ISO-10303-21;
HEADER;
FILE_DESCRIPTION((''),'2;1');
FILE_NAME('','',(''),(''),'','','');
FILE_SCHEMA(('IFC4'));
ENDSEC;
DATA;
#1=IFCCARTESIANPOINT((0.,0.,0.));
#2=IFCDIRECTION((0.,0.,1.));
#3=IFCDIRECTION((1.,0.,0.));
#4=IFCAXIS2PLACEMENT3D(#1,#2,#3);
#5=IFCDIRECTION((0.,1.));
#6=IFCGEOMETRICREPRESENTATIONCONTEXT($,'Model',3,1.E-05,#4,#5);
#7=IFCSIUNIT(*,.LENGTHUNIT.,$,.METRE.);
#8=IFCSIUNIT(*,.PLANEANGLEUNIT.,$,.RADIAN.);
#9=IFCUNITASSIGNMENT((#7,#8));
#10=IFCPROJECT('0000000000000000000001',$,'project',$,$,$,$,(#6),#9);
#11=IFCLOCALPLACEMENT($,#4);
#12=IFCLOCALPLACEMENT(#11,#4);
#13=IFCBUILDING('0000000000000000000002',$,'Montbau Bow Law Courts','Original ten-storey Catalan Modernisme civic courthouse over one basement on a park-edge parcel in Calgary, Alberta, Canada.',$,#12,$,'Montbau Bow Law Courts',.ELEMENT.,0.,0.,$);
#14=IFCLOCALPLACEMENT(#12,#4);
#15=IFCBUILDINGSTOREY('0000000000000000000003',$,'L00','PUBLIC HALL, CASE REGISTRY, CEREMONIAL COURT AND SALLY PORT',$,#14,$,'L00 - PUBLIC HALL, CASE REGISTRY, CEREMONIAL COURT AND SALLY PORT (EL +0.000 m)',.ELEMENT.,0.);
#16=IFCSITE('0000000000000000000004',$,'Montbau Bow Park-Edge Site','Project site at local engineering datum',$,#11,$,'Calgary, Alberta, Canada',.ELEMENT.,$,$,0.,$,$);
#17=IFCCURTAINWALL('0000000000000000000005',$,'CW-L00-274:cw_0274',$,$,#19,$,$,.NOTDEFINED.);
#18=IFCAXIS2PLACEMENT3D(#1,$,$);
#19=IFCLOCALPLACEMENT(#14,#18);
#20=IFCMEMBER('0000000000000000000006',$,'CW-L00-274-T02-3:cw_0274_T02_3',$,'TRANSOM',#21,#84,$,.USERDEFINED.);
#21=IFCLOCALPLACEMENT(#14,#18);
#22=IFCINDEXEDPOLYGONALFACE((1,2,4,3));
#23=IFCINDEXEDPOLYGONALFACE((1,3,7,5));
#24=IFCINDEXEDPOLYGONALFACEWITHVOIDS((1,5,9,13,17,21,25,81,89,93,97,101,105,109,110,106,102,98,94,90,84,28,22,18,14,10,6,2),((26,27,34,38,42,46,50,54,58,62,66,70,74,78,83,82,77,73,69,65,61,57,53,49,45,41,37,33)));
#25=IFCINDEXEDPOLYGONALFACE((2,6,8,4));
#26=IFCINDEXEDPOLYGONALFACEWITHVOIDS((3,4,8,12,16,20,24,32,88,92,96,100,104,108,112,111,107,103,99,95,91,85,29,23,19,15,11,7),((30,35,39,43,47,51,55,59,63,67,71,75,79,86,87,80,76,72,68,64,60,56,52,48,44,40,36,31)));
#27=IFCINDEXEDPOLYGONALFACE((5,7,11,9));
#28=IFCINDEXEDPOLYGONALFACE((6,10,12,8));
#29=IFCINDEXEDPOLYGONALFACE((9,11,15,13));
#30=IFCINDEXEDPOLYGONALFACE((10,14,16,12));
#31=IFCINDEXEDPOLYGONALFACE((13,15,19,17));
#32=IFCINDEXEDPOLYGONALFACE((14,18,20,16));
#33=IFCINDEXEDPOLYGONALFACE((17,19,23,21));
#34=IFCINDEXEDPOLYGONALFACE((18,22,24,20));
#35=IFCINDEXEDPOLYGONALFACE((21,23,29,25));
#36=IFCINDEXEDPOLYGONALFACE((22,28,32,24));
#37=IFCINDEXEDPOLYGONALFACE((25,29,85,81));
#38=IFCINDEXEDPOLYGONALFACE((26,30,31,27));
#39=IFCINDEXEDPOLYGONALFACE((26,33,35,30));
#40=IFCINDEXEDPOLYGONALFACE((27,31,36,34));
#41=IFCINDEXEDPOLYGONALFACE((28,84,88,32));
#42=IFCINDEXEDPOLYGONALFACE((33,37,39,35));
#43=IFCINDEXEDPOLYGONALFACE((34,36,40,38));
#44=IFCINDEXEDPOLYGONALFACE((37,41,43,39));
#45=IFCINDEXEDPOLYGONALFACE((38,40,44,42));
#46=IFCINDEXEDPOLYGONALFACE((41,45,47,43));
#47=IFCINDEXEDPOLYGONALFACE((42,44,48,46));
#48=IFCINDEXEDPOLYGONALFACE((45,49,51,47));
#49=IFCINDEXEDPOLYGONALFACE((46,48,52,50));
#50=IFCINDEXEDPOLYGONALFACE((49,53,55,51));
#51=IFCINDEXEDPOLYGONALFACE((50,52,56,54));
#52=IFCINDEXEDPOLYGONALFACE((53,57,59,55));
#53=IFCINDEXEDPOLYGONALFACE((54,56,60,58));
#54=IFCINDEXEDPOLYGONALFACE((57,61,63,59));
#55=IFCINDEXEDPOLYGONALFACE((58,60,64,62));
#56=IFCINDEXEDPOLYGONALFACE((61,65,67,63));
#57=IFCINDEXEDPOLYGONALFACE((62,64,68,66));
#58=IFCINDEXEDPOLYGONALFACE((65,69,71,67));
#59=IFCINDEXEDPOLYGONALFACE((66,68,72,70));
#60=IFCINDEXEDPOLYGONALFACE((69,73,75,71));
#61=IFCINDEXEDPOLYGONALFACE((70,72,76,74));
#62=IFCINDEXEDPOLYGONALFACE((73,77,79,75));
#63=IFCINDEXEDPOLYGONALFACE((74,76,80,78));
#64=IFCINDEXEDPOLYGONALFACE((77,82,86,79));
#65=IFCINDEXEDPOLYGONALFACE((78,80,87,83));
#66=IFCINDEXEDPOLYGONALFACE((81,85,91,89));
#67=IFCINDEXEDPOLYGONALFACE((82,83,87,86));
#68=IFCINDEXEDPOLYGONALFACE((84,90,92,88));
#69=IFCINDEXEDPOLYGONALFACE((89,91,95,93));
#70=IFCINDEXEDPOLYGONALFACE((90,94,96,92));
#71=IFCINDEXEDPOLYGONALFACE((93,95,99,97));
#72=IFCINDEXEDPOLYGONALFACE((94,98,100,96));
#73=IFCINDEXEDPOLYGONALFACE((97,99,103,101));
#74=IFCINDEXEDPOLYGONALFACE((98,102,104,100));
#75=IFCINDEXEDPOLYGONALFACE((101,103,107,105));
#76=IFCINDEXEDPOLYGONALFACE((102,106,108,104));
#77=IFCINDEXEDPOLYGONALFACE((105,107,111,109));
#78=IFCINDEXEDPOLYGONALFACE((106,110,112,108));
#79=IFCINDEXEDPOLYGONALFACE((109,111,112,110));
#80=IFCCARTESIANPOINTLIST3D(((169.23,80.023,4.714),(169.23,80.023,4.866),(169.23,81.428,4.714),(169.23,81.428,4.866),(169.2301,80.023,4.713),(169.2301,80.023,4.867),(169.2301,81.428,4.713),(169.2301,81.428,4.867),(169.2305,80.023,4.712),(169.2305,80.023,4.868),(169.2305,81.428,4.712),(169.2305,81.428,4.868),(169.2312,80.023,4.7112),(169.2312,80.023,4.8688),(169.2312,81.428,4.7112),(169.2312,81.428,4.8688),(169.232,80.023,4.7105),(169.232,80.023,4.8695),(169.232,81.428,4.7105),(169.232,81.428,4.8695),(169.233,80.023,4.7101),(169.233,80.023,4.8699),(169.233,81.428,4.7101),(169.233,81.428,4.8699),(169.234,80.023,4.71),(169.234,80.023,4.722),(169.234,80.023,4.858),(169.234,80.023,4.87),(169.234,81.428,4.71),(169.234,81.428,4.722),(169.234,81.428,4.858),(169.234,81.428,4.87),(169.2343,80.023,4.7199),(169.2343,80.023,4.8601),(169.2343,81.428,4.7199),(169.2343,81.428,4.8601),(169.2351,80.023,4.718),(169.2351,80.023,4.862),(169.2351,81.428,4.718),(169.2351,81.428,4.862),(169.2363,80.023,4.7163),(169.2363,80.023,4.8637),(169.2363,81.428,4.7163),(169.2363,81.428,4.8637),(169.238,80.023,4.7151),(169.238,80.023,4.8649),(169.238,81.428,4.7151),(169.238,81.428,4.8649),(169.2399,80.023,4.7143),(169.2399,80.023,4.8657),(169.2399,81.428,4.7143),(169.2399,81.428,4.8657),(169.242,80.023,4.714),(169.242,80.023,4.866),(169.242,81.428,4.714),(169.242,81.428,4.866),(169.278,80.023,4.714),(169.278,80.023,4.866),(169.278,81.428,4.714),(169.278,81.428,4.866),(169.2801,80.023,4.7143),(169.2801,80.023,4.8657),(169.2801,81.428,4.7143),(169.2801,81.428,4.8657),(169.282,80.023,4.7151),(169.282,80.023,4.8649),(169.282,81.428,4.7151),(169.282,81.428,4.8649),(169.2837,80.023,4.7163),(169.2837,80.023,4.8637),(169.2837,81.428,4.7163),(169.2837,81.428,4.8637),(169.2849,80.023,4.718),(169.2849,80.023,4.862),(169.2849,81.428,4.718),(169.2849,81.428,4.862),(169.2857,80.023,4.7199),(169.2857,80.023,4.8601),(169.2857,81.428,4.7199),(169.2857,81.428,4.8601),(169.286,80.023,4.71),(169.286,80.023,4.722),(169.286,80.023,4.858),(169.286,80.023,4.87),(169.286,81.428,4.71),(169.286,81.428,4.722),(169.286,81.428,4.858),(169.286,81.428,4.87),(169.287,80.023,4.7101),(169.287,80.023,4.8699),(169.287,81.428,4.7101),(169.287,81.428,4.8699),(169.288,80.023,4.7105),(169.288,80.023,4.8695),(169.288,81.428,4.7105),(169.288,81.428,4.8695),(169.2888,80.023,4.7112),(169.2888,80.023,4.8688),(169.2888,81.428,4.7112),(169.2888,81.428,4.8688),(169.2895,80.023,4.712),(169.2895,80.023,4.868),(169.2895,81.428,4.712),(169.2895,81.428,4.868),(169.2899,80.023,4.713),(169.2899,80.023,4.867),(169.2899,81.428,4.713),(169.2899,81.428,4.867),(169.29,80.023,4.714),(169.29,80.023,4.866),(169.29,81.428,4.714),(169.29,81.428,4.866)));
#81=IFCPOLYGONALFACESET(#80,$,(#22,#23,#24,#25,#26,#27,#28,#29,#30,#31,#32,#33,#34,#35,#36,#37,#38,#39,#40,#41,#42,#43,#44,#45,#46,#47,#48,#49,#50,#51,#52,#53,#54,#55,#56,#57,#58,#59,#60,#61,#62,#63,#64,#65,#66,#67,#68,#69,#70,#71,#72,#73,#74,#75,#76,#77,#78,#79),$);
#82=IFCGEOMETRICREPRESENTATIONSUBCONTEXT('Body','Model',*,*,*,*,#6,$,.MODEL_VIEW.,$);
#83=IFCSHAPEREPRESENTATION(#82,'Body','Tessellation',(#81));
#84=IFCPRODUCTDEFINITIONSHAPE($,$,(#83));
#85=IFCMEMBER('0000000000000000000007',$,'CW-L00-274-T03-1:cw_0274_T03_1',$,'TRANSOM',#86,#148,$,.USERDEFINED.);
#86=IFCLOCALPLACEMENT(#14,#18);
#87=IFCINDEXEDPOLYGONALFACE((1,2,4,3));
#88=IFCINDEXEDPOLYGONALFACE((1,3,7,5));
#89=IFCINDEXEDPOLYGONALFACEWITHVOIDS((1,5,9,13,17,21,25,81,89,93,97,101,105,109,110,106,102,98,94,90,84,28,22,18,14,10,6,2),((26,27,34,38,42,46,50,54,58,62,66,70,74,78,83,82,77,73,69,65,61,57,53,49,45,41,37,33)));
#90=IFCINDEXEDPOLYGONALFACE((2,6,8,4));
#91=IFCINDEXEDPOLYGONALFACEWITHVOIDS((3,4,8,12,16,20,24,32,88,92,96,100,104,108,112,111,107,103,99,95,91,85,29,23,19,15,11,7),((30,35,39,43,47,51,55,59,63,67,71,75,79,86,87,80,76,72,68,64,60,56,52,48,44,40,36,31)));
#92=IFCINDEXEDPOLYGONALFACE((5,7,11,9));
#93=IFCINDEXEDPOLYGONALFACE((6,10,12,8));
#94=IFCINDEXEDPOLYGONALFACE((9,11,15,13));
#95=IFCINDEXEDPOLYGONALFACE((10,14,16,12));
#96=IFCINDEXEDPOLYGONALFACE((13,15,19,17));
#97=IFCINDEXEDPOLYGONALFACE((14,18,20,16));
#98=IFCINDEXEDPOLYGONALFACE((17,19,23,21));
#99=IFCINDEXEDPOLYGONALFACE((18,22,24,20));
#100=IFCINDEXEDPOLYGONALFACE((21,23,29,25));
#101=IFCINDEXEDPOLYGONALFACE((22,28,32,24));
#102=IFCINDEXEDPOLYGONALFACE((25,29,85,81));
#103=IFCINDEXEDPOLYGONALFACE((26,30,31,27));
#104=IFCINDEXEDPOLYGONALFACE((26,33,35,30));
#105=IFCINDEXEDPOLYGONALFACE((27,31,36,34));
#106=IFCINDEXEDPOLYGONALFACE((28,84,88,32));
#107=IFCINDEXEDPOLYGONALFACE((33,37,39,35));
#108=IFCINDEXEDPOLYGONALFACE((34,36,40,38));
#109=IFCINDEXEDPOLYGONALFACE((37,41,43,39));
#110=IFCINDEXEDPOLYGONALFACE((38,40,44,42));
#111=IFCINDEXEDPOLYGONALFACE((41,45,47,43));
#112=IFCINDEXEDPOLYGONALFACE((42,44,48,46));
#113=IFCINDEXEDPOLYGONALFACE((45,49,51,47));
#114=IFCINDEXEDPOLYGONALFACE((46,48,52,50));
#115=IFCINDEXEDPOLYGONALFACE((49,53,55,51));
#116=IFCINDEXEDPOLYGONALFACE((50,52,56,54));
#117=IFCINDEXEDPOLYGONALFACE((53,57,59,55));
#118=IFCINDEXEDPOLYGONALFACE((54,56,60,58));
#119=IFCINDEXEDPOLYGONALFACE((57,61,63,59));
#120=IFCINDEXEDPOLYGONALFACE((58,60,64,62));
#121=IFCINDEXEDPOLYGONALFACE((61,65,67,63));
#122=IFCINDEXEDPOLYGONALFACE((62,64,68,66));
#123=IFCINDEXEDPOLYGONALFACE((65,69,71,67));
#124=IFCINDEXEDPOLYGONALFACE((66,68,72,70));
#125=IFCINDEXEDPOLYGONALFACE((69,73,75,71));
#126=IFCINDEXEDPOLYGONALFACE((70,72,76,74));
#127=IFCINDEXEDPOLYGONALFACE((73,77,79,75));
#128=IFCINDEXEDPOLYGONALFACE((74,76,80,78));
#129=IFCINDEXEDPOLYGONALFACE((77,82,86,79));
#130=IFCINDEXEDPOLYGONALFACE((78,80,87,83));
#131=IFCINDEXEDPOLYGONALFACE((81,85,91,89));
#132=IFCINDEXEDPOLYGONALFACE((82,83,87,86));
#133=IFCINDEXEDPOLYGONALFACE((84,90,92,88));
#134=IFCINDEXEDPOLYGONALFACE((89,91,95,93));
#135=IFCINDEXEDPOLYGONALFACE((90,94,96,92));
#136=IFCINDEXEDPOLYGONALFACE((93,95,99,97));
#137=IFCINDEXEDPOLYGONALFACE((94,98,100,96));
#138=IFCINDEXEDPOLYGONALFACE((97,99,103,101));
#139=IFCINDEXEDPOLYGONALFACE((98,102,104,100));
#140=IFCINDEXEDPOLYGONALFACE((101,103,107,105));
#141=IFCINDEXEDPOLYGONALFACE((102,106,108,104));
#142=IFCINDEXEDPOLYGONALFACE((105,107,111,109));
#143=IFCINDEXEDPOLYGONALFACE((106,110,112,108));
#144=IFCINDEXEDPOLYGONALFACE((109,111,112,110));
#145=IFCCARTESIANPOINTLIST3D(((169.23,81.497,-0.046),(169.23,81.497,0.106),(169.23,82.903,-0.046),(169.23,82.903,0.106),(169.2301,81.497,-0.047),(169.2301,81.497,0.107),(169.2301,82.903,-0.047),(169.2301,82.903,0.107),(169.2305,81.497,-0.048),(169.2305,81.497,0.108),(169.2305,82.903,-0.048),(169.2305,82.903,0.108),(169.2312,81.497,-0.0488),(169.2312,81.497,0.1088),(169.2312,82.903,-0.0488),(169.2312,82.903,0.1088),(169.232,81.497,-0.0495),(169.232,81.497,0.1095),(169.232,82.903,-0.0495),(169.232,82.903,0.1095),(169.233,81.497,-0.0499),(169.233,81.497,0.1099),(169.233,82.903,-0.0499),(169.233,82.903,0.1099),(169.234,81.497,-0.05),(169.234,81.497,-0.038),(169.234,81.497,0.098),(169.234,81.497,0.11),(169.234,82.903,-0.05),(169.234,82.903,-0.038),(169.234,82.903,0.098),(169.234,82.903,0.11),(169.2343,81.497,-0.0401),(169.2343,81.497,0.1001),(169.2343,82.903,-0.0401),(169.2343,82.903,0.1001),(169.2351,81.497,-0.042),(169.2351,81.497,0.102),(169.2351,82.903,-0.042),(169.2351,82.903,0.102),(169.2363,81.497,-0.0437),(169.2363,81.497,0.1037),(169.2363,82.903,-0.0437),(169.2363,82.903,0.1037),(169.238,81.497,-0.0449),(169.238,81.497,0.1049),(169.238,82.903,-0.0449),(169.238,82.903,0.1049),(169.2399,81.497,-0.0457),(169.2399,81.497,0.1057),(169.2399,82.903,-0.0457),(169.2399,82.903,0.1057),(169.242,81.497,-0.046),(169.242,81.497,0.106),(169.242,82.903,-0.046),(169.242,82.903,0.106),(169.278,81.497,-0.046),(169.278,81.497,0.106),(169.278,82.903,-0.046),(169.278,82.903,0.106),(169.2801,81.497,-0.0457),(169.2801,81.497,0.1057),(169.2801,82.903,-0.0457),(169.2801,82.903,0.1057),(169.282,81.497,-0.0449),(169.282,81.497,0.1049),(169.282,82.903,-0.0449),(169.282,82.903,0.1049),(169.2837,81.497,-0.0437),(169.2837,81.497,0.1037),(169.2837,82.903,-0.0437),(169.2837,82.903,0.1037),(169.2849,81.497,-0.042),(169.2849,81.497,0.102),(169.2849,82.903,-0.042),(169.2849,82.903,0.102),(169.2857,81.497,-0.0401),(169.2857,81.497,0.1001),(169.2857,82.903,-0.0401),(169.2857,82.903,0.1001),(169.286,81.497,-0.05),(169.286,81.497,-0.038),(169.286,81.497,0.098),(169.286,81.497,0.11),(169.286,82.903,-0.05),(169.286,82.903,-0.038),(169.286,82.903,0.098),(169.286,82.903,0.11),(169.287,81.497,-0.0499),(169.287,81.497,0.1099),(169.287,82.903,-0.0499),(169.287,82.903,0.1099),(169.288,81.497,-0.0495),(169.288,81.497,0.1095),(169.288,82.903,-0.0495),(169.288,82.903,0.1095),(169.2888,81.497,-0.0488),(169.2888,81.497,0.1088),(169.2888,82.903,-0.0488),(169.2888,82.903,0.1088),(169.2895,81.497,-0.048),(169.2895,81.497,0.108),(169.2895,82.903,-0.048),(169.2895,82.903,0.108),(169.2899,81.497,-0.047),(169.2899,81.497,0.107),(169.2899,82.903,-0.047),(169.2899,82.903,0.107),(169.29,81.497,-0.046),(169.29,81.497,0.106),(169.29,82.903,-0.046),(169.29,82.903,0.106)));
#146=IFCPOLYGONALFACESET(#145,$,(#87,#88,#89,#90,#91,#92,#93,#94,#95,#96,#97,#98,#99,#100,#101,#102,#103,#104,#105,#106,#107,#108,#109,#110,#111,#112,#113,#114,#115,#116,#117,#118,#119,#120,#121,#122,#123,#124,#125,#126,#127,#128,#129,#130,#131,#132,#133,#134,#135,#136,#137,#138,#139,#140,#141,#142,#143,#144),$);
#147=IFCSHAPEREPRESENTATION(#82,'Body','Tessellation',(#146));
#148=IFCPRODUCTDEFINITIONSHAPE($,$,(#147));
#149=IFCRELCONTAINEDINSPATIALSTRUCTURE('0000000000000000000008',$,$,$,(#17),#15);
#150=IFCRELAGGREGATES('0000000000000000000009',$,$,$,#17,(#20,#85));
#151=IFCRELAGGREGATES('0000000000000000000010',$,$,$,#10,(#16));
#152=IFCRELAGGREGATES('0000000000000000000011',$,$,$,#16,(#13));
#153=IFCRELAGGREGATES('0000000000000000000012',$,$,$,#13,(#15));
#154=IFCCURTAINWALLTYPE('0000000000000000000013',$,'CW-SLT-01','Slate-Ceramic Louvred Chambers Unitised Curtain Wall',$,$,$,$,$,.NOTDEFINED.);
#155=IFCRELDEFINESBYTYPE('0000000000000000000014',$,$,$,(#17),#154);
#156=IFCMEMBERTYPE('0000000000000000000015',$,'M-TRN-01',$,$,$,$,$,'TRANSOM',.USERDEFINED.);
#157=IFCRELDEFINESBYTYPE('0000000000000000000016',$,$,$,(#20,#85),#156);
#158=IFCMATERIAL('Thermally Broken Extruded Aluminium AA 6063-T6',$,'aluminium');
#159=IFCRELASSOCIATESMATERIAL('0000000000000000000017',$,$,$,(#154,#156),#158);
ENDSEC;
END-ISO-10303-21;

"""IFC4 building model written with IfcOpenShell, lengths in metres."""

from ifc_helpers import new_model, si_unit, direction, frame, origin_with_axes, origin_2d_with_axis, place, context, subcontext, project, spatial, hollow_rectangle, extrude, material, material_profile, profile_set, type_object, element, aggregate, save


model = new_model("IFC4")

# Units and contexts
model_context = context("Model", 3, precision=1e-05, world=origin_with_axes(), true_north=direction((0.0, 1.0)))
body_context = subcontext(model_context, "Body", "Model", "MODEL_VIEW")
ifc_project = project(units=[si_unit("LENGTHUNIT", "METRE"), si_unit("PLANEANGLEUNIT", "RADIAN")], contexts=[model_context])

# Site, building, storey
site_placement = place(None, origin_with_axes())
site = spatial("IfcSite", under=ifc_project, at=site_placement, Name="Montbau Bow Park-Edge Site", Description="Project site at local engineering datum", LongName="Calgary, Alberta, Canada", CompositionType="ELEMENT", RefElevation=0.0)
building_placement = place(site_placement, origin_with_axes())
building = spatial("IfcBuilding", under=site, at=building_placement, Name="Montbau Bow Law Courts", Description="Original ten-storey Catalan Modernisme civic courthouse over one basement on a park-edge parcel in Calgary, Alberta, Canada.", LongName="Montbau Bow Law Courts", CompositionType="ELEMENT", ElevationOfRefHeight=0.0, ElevationOfTerrain=0.0)
storey_placement = place(building_placement, origin_with_axes())
storey = spatial("IfcBuildingStorey", under=building, at=storey_placement, Name="L00", Description="PUBLIC HALL, CASE REGISTRY, CEREMONIAL COURT AND SALLY PORT", LongName="L00 - PUBLIC HALL, CASE REGISTRY, CEREMONIAL COURT AND SALLY PORT (EL +0.000 m)", CompositionType="ELEMENT", Elevation=0.0)

# Curtain wall, members
ifc_material_1 = material(Name="Thermally Broken Extruded Aluminium AA 6063-T6", Category="aluminium")
curtain_wall_type = type_object("IfcCurtainWallType", Name="CW-SLT-01", Description="Slate-Ceramic Louvred Chambers Unitised Curtain Wall", PredefinedType="NOTDEFINED", material=ifc_material_1)
curtain_wall_placement = place(None, frame((169.26, 78.515, 0.0), z_axis=(0.0, 0.0, 1.0), x_axis=(1.0, 0.0, 0.0)))
curtain_wall = element("IfcCurtainWall", 1, at=curtain_wall_placement, inside=storey, type_object=curtain_wall_type, Name="CW-L00-274:cw_0274", PredefinedType="NOTDEFINED")
ifc_material_profile_1 = material_profile(ifc_material_1, hollow_rectangle(XDim=0.06, YDim=0.16, WallThickness=0.004, InnerFilletRadius=0.008, OuterFilletRadius=0.004, at=origin_2d_with_axis()), Name="CWT-160X60", Category="Main", Priority=0)
ifc_profile_set_1 = profile_set([ifc_material_profile_1], Name="Thermally Broken Extruded Aluminium AA 6063-T6")
member_type_1 = type_object("IfcMemberType", Name="M-TRN-01", ElementType="TRANSOM", PredefinedType="USERDEFINED", material=ifc_profile_set_1)
member_1_placement = place(None, frame((169.26, 80.023, 4.79), z_axis=(0.0, 1.0, 0.0), x_axis=(-1.0, 0.0, 0.0)))
member_1 = element("IfcMember", 2, at=member_1_placement, type_object=member_type_1, Name="CW-L00-274-T02-3:cw_0274_T02_3", ObjectType="TRANSOM", PredefinedType="USERDEFINED", context=body_context, shape_type="SweptSolid", body=[
    extrude(hollow_rectangle(XDim=0.06, YDim=0.16, WallThickness=0.004, InnerFilletRadius=0.008, OuterFilletRadius=0.004, at=origin_2d_with_axis()), origin_with_axes(), (0.0, 0.0, 1.0), 1.405),
])
member_2_placement = place(None, frame((169.26, 81.497, 0.03), z_axis=(0.0, 1.0, 0.0), x_axis=(-1.0, 0.0, 0.0)))
member_2 = element("IfcMember", 3, at=member_2_placement, type_object=member_type_1, Name="CW-L00-274-T03-1:cw_0274_T03_1", ObjectType="TRANSOM", PredefinedType="USERDEFINED", context=body_context, shape_type="SweptSolid", body=[
    extrude(hollow_rectangle(XDim=0.06, YDim=0.16, WallThickness=0.004, InnerFilletRadius=0.008, OuterFilletRadius=0.004, at=origin_2d_with_axis()), origin_with_axes(), (0.0, 0.0, 1.0), 1.406),
])
aggregate(curtain_wall, [member_1, member_2])

save(model, "model.ifc")
